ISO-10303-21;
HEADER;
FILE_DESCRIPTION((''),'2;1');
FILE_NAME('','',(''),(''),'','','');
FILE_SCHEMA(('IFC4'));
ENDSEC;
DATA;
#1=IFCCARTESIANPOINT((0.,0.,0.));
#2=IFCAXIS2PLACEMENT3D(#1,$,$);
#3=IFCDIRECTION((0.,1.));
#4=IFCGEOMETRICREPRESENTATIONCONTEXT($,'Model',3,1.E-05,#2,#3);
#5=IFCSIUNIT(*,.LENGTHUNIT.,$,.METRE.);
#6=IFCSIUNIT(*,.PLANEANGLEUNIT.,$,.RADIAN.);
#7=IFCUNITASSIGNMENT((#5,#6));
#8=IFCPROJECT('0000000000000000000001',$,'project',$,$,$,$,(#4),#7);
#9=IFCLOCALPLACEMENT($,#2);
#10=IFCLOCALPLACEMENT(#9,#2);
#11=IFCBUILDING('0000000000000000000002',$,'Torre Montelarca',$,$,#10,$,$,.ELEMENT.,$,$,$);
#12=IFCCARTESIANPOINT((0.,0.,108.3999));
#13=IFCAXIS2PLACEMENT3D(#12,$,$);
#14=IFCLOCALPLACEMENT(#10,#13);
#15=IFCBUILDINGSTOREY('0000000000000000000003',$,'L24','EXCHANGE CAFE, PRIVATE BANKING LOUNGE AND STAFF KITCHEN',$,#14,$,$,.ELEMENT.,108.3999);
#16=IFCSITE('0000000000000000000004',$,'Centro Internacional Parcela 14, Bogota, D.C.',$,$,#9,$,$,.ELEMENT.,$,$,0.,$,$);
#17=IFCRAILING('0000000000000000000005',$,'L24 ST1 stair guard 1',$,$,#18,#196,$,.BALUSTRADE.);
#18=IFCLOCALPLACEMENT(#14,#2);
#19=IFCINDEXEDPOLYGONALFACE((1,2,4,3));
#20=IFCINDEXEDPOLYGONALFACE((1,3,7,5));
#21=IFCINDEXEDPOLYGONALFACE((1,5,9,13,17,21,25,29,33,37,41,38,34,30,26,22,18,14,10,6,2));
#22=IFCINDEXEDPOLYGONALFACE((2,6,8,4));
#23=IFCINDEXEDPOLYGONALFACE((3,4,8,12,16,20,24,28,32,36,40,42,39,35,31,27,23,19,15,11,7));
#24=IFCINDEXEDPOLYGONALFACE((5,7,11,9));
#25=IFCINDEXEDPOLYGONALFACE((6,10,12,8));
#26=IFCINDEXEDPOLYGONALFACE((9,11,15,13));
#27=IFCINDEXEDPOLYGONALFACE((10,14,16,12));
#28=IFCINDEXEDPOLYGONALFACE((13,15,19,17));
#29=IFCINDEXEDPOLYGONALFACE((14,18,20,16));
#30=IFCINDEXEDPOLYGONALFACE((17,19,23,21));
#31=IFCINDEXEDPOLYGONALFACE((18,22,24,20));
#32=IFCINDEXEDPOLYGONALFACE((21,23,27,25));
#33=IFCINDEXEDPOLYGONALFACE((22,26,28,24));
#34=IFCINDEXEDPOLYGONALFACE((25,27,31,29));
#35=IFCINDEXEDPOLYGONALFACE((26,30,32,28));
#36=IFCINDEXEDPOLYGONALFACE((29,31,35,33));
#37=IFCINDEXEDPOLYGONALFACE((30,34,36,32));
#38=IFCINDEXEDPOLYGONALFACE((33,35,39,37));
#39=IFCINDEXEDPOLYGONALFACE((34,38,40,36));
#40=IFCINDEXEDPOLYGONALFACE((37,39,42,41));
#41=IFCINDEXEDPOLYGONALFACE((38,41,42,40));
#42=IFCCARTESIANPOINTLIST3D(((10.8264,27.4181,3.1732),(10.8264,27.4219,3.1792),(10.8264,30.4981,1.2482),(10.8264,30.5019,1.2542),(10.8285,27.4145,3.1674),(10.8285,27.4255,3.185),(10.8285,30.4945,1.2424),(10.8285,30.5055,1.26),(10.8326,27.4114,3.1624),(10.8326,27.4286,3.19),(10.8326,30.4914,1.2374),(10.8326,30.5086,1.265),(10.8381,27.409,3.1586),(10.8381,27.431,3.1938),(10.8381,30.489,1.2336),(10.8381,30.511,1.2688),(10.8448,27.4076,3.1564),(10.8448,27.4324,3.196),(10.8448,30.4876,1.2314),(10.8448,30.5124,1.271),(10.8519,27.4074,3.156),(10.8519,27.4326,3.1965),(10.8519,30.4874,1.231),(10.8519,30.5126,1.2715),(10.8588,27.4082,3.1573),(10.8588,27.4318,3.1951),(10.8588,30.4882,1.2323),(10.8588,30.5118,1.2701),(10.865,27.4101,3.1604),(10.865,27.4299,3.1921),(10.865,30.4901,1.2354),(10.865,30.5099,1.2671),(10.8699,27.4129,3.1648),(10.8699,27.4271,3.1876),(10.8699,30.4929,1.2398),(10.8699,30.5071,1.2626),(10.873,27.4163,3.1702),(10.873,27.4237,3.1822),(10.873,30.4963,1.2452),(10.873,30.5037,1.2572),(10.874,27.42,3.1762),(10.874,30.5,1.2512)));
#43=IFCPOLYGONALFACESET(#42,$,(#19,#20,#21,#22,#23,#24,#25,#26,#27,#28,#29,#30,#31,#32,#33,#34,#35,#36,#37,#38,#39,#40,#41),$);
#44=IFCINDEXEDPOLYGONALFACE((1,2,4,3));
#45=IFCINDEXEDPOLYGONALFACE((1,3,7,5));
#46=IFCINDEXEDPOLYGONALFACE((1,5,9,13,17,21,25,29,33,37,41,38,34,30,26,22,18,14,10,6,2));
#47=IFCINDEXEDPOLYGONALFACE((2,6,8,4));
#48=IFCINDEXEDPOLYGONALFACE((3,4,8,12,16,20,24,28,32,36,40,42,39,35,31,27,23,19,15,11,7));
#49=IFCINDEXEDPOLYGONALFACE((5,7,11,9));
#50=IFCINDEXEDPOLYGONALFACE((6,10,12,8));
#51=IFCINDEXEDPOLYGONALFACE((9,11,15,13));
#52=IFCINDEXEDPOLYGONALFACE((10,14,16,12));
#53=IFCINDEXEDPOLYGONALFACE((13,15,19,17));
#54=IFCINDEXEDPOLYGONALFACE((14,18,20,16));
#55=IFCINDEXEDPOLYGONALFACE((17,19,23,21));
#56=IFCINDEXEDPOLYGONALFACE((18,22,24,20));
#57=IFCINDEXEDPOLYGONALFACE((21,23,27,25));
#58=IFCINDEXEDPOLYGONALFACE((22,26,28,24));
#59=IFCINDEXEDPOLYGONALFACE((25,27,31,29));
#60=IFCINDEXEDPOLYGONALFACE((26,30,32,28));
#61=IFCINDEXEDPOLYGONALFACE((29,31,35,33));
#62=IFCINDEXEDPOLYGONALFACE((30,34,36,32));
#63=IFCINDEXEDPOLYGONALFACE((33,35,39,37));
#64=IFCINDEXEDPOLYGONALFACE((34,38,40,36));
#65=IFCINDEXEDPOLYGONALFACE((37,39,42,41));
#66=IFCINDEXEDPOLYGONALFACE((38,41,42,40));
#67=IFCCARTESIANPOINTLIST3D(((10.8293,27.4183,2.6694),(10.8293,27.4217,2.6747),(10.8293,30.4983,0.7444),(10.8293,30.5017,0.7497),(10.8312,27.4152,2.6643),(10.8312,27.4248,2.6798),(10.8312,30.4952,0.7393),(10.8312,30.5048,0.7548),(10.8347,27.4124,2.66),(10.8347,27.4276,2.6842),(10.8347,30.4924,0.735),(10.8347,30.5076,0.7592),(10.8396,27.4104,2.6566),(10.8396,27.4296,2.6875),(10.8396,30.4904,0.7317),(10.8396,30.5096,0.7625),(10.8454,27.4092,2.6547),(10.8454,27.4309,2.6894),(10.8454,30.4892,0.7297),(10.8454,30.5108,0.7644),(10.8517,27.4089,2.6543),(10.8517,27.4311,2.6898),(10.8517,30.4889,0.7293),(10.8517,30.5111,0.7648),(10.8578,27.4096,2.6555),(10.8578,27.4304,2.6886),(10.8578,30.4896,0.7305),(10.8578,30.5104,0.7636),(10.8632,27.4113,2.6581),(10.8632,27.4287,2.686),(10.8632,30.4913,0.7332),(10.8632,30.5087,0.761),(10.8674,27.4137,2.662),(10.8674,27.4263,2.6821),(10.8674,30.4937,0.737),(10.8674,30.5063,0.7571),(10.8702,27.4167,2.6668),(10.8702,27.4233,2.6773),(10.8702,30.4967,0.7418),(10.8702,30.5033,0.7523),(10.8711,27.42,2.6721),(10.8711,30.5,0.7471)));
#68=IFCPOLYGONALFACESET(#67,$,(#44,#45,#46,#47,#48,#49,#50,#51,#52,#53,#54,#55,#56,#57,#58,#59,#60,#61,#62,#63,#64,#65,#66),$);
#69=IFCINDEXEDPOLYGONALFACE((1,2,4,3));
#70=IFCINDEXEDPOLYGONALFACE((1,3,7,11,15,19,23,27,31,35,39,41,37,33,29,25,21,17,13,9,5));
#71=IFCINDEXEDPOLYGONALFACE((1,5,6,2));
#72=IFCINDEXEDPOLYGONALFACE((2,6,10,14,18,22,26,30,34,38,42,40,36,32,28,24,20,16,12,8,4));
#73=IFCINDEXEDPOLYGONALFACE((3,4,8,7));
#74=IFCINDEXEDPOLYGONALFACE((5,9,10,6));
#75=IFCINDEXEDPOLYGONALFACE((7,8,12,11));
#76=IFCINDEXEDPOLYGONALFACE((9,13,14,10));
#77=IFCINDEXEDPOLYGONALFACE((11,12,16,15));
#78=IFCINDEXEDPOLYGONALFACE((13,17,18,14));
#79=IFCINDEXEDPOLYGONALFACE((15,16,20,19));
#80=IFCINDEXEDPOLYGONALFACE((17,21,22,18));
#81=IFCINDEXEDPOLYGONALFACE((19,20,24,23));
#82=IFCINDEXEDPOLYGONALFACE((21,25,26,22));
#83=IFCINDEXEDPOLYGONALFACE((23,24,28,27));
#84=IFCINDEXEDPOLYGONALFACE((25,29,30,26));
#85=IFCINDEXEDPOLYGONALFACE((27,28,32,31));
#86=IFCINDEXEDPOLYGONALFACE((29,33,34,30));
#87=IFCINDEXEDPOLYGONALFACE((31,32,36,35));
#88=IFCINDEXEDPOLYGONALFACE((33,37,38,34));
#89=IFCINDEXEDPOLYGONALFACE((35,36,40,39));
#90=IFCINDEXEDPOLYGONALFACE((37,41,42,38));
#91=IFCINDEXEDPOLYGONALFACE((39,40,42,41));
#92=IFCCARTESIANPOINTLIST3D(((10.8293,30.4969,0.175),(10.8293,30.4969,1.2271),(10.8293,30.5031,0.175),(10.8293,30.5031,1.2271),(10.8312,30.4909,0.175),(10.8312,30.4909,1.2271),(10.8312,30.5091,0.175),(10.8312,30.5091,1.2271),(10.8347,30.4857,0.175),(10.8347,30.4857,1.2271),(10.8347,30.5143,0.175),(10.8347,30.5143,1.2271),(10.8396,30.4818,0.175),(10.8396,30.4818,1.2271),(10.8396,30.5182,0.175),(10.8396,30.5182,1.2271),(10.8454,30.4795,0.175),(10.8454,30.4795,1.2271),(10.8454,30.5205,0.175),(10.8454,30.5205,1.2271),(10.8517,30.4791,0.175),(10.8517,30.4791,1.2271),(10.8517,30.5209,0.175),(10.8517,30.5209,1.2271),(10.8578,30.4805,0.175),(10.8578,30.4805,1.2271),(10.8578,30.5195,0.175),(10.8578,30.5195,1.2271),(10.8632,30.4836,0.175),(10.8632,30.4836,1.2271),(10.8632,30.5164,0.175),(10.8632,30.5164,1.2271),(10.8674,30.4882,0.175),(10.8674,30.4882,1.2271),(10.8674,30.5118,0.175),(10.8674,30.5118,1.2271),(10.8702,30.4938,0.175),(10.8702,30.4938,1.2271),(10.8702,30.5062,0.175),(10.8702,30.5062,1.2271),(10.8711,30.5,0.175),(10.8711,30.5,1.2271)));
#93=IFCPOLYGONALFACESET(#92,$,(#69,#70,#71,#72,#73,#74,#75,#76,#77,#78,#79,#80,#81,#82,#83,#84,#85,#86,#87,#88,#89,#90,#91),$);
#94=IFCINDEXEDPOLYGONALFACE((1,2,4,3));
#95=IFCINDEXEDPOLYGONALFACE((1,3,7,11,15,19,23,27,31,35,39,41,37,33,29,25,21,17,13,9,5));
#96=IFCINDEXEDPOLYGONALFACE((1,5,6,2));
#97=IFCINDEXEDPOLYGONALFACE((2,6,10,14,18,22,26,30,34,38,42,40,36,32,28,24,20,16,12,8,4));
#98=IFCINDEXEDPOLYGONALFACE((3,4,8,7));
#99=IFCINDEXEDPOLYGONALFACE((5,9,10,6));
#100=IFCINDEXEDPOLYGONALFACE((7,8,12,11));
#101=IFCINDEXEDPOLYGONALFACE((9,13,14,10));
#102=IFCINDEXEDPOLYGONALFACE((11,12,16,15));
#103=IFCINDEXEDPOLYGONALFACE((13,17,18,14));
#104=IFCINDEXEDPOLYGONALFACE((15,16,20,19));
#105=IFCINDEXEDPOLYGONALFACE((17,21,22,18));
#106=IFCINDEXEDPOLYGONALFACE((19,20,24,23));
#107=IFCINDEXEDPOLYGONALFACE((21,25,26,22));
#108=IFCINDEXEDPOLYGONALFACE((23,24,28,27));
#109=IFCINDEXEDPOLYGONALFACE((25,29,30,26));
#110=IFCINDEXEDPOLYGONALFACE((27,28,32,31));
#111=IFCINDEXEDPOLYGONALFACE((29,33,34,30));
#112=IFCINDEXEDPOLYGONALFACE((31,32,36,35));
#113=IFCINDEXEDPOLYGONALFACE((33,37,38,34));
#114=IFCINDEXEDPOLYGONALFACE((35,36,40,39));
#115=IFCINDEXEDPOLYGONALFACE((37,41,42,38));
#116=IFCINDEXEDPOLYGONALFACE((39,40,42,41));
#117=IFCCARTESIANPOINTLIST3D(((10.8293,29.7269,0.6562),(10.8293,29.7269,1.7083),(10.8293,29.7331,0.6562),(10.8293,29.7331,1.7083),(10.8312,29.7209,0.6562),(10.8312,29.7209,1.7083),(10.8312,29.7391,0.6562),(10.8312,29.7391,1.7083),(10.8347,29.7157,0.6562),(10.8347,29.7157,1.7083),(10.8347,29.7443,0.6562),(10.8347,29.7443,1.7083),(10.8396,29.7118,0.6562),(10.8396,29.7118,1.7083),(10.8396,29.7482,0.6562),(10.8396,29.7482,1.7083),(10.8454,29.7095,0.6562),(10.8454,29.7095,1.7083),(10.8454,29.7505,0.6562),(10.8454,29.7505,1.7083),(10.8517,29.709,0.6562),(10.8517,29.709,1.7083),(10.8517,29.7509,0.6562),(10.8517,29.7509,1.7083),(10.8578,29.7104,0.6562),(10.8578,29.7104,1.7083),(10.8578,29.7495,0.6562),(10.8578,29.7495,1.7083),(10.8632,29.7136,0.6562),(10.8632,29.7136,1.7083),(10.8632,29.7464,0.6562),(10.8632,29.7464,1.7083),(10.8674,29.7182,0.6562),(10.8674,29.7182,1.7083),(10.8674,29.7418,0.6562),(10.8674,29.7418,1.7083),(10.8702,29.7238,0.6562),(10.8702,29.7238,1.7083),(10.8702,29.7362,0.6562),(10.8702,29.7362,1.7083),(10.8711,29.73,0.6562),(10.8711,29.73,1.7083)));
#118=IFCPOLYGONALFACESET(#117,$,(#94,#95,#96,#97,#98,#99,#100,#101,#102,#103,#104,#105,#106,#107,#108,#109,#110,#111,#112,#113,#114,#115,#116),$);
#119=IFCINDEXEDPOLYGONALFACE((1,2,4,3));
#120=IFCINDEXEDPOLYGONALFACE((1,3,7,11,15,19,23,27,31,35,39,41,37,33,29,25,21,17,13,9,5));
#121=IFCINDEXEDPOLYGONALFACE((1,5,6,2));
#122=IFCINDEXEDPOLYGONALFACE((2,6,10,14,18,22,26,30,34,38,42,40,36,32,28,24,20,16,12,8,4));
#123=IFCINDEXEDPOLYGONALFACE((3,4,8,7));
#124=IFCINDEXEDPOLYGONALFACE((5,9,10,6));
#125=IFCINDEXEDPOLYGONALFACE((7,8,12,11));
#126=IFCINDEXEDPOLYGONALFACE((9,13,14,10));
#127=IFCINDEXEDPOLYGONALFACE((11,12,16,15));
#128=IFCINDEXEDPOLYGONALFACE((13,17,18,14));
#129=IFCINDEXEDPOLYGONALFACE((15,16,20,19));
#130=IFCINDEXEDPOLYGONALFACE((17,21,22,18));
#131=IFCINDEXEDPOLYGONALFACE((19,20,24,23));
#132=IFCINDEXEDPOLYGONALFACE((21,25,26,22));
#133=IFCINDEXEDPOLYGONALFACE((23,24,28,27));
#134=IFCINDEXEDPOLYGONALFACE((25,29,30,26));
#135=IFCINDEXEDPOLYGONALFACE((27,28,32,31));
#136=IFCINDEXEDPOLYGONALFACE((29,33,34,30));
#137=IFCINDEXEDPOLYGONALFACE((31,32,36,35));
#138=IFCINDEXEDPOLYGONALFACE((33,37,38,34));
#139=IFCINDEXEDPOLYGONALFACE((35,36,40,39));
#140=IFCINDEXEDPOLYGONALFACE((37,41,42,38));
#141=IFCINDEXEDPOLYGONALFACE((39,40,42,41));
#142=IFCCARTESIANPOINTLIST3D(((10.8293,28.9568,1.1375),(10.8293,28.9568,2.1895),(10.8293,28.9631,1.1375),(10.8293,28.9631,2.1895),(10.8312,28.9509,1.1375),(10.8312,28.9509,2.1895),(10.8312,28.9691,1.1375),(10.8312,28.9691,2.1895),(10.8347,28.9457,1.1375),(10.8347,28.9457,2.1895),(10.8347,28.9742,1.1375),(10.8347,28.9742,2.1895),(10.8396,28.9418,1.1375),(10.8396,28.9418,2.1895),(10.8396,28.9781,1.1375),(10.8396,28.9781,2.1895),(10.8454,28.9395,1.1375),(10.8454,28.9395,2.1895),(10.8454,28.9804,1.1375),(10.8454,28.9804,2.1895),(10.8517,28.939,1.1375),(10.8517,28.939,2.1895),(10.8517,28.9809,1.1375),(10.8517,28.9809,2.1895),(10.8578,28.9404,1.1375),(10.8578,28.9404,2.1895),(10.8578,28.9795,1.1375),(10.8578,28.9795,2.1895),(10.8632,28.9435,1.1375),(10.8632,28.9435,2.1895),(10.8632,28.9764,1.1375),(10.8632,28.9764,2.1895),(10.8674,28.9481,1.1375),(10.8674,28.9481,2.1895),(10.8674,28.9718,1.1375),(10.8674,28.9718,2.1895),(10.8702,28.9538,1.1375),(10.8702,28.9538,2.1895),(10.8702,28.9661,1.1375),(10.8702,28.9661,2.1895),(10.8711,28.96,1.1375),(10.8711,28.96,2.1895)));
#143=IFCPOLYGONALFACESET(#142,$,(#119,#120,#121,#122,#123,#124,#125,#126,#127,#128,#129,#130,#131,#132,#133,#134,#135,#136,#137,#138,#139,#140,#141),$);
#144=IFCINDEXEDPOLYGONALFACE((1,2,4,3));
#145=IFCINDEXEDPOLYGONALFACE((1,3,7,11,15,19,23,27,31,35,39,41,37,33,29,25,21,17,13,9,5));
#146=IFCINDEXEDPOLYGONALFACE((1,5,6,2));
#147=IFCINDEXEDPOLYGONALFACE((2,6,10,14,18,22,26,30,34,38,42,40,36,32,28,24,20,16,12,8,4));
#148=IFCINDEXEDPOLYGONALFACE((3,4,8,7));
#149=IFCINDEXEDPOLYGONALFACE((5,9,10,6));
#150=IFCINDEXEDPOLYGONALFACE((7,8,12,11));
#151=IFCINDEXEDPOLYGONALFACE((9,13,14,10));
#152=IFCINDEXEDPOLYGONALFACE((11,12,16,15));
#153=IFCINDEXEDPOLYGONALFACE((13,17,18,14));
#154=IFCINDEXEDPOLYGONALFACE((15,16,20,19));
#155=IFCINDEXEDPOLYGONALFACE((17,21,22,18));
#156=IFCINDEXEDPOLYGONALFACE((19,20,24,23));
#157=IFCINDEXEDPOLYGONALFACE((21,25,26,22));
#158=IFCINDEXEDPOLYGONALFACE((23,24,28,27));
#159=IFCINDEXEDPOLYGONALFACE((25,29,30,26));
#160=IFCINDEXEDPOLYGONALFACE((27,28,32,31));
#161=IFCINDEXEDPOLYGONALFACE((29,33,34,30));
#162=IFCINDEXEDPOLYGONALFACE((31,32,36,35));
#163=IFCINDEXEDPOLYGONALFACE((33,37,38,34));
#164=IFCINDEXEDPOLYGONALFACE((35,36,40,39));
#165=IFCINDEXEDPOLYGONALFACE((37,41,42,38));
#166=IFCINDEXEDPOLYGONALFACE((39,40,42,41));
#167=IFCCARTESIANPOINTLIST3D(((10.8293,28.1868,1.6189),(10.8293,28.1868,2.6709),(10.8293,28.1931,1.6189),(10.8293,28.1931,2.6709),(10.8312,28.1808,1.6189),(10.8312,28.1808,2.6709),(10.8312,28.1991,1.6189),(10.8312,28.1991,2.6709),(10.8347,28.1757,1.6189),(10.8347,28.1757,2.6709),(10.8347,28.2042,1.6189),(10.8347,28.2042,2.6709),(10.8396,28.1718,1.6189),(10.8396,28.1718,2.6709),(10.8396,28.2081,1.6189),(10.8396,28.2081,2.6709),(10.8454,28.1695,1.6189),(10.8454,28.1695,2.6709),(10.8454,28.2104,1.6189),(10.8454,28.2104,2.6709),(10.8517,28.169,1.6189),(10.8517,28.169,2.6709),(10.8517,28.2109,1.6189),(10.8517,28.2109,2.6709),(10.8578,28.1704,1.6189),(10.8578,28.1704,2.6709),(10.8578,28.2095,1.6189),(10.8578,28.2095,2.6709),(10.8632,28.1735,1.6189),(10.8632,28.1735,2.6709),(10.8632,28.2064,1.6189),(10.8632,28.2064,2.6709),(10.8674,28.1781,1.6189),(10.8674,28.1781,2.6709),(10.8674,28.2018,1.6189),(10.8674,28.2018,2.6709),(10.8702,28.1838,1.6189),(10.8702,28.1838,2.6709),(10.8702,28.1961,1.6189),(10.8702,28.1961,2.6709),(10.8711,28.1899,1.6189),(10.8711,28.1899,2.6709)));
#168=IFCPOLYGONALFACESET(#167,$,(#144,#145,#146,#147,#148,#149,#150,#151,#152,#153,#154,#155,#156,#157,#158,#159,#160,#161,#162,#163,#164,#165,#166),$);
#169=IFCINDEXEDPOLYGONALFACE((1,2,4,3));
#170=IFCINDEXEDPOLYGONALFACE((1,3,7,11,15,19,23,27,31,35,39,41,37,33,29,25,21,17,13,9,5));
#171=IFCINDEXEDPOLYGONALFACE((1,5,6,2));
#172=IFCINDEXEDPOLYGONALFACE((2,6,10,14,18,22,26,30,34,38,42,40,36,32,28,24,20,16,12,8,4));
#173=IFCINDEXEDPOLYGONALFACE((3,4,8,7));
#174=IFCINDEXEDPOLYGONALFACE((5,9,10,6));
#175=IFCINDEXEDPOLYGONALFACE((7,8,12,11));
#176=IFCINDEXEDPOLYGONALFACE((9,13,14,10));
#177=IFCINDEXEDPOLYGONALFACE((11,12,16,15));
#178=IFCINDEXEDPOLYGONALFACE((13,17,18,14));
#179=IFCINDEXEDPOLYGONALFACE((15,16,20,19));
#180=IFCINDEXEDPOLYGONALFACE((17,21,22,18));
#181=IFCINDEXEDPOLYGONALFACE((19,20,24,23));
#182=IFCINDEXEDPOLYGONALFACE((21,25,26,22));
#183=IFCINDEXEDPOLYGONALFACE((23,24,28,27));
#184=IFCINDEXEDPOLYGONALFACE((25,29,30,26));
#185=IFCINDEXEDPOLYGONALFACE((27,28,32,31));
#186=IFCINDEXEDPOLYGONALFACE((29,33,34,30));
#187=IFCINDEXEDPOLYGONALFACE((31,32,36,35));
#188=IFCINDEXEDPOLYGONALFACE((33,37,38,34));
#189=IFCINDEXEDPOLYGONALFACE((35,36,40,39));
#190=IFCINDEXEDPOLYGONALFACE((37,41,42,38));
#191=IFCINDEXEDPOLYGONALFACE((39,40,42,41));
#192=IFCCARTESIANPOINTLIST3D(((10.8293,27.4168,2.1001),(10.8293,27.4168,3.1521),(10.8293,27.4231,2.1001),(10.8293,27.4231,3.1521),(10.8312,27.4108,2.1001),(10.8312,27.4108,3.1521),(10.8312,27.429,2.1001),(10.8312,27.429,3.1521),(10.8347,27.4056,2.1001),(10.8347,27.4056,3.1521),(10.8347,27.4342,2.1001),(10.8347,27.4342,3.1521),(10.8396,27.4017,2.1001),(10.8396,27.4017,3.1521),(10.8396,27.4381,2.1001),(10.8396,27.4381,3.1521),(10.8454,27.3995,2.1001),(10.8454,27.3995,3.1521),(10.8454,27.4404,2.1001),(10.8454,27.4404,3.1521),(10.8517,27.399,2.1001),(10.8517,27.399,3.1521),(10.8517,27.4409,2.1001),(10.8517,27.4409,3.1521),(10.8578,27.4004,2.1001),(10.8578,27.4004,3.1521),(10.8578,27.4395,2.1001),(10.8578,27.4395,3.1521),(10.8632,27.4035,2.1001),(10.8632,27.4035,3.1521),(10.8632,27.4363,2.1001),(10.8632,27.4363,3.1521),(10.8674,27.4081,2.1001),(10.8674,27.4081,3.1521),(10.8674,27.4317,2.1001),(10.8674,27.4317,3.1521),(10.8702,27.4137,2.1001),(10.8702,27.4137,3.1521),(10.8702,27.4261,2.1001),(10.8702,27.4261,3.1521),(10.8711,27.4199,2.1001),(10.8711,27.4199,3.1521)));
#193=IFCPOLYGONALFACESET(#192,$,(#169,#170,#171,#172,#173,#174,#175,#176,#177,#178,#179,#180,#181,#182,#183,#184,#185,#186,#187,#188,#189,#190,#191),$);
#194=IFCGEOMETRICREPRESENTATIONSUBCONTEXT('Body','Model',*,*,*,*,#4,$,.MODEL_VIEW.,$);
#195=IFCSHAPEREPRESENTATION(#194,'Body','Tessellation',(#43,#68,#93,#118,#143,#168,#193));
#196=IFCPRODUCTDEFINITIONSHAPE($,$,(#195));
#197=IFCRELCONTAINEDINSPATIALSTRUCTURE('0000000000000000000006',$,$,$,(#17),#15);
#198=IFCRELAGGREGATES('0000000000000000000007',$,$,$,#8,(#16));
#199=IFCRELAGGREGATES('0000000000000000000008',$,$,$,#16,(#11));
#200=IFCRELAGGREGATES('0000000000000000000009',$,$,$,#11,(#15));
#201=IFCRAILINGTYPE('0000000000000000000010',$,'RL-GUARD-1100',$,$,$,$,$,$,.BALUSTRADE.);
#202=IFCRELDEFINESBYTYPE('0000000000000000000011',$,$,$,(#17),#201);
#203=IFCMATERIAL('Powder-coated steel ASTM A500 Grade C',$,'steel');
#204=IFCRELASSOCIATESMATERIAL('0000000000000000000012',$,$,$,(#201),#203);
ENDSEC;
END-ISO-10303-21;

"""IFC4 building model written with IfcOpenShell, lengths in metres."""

from ifc_helpers import new_model, si_unit, direction, frame, origin, origin_2d, place, context, subcontext, project, spatial, circle, extrude, material, type_object, element, save


model = new_model("IFC4")

# Units and contexts
model_context = context("Model", 3, precision=1e-05, world=origin(), true_north=direction((0.0, 1.0)))
body_context = subcontext(model_context, "Body", "Model", "MODEL_VIEW")
ifc_project = project(units=[si_unit("LENGTHUNIT", "METRE"), si_unit("PLANEANGLEUNIT", "RADIAN")], contexts=[model_context])

# Site, building, storey
site_placement = place(None, origin())
site = spatial("IfcSite", under=ifc_project, at=site_placement, Name="Centro Internacional Parcela 14, Bogota, D.C.", CompositionType="ELEMENT", RefElevation=0.0)
building_placement = place(site_placement, origin())
building = spatial("IfcBuilding", under=site, at=building_placement, Name="Torre Montelarca", CompositionType="ELEMENT")
storey_placement = place(building_placement, frame((0.0, 0.0, 108.3999)))
storey = spatial("IfcBuildingStorey", under=building, at=storey_placement, Name="L24", Description="EXCHANGE CAFE, PRIVATE BANKING LOUNGE AND STAFF KITCHEN", CompositionType="ELEMENT", Elevation=108.3999)

# Railing
ifc_material_1 = material(Name="Powder-coated steel ASTM A500 Grade C", Category="steel")
railing_type_1 = type_object("IfcRailingType", Name="RL-GUARD-1100", PredefinedType="BALUSTRADE", material=ifc_material_1)
railing_1_placement = place(storey_placement, frame((10.8501, 30.5, 0.175)))
element("IfcRailing", 1, at=railing_1_placement, inside=storey, type_object=railing_type_1, Name="L24 ST1 stair guard 1", PredefinedType="BALUSTRADE", context=body_context, shape_type="SweptSolid", body=[
    extrude(circle(Radius=0.0239, at=origin_2d()), frame((0.0, 0.0, 1.0762), z_axis=(0.0, -0.847998, 0.529999), x_axis=(1.0, 0.0, 0.0)), (0.0, 0.0, 1.0), 3.6321),
    extrude(circle(Radius=0.021, at=origin_2d()), frame((0.0, 0.0, 0.572), z_axis=(0.0, -0.847998, 0.529999), x_axis=(1.0, 0.0, 0.0)), (0.0, 0.0, 1.0), 3.6321),
    extrude(circle(Radius=0.021, at=origin_2d()), origin(), (0.0, 0.0, 1.0), 1.052),
    extrude(circle(Radius=0.021, at=origin_2d()), frame((0.0, -0.77, 0.4812)), (0.0, 0.0, 1.0), 1.052),
    extrude(circle(Radius=0.021, at=origin_2d()), frame((0.0, -1.54, 0.9624)), (0.0, 0.0, 1.0), 1.052),
    extrude(circle(Radius=0.021, at=origin_2d()), frame((0.0, -2.3101, 1.4438)), (0.0, 0.0, 1.0), 1.052),
    extrude(circle(Radius=0.021, at=origin_2d()), frame((0.0, -3.0801, 1.925)), (0.0, 0.0, 1.0), 1.052),
])

save(model, "model.ifc")
